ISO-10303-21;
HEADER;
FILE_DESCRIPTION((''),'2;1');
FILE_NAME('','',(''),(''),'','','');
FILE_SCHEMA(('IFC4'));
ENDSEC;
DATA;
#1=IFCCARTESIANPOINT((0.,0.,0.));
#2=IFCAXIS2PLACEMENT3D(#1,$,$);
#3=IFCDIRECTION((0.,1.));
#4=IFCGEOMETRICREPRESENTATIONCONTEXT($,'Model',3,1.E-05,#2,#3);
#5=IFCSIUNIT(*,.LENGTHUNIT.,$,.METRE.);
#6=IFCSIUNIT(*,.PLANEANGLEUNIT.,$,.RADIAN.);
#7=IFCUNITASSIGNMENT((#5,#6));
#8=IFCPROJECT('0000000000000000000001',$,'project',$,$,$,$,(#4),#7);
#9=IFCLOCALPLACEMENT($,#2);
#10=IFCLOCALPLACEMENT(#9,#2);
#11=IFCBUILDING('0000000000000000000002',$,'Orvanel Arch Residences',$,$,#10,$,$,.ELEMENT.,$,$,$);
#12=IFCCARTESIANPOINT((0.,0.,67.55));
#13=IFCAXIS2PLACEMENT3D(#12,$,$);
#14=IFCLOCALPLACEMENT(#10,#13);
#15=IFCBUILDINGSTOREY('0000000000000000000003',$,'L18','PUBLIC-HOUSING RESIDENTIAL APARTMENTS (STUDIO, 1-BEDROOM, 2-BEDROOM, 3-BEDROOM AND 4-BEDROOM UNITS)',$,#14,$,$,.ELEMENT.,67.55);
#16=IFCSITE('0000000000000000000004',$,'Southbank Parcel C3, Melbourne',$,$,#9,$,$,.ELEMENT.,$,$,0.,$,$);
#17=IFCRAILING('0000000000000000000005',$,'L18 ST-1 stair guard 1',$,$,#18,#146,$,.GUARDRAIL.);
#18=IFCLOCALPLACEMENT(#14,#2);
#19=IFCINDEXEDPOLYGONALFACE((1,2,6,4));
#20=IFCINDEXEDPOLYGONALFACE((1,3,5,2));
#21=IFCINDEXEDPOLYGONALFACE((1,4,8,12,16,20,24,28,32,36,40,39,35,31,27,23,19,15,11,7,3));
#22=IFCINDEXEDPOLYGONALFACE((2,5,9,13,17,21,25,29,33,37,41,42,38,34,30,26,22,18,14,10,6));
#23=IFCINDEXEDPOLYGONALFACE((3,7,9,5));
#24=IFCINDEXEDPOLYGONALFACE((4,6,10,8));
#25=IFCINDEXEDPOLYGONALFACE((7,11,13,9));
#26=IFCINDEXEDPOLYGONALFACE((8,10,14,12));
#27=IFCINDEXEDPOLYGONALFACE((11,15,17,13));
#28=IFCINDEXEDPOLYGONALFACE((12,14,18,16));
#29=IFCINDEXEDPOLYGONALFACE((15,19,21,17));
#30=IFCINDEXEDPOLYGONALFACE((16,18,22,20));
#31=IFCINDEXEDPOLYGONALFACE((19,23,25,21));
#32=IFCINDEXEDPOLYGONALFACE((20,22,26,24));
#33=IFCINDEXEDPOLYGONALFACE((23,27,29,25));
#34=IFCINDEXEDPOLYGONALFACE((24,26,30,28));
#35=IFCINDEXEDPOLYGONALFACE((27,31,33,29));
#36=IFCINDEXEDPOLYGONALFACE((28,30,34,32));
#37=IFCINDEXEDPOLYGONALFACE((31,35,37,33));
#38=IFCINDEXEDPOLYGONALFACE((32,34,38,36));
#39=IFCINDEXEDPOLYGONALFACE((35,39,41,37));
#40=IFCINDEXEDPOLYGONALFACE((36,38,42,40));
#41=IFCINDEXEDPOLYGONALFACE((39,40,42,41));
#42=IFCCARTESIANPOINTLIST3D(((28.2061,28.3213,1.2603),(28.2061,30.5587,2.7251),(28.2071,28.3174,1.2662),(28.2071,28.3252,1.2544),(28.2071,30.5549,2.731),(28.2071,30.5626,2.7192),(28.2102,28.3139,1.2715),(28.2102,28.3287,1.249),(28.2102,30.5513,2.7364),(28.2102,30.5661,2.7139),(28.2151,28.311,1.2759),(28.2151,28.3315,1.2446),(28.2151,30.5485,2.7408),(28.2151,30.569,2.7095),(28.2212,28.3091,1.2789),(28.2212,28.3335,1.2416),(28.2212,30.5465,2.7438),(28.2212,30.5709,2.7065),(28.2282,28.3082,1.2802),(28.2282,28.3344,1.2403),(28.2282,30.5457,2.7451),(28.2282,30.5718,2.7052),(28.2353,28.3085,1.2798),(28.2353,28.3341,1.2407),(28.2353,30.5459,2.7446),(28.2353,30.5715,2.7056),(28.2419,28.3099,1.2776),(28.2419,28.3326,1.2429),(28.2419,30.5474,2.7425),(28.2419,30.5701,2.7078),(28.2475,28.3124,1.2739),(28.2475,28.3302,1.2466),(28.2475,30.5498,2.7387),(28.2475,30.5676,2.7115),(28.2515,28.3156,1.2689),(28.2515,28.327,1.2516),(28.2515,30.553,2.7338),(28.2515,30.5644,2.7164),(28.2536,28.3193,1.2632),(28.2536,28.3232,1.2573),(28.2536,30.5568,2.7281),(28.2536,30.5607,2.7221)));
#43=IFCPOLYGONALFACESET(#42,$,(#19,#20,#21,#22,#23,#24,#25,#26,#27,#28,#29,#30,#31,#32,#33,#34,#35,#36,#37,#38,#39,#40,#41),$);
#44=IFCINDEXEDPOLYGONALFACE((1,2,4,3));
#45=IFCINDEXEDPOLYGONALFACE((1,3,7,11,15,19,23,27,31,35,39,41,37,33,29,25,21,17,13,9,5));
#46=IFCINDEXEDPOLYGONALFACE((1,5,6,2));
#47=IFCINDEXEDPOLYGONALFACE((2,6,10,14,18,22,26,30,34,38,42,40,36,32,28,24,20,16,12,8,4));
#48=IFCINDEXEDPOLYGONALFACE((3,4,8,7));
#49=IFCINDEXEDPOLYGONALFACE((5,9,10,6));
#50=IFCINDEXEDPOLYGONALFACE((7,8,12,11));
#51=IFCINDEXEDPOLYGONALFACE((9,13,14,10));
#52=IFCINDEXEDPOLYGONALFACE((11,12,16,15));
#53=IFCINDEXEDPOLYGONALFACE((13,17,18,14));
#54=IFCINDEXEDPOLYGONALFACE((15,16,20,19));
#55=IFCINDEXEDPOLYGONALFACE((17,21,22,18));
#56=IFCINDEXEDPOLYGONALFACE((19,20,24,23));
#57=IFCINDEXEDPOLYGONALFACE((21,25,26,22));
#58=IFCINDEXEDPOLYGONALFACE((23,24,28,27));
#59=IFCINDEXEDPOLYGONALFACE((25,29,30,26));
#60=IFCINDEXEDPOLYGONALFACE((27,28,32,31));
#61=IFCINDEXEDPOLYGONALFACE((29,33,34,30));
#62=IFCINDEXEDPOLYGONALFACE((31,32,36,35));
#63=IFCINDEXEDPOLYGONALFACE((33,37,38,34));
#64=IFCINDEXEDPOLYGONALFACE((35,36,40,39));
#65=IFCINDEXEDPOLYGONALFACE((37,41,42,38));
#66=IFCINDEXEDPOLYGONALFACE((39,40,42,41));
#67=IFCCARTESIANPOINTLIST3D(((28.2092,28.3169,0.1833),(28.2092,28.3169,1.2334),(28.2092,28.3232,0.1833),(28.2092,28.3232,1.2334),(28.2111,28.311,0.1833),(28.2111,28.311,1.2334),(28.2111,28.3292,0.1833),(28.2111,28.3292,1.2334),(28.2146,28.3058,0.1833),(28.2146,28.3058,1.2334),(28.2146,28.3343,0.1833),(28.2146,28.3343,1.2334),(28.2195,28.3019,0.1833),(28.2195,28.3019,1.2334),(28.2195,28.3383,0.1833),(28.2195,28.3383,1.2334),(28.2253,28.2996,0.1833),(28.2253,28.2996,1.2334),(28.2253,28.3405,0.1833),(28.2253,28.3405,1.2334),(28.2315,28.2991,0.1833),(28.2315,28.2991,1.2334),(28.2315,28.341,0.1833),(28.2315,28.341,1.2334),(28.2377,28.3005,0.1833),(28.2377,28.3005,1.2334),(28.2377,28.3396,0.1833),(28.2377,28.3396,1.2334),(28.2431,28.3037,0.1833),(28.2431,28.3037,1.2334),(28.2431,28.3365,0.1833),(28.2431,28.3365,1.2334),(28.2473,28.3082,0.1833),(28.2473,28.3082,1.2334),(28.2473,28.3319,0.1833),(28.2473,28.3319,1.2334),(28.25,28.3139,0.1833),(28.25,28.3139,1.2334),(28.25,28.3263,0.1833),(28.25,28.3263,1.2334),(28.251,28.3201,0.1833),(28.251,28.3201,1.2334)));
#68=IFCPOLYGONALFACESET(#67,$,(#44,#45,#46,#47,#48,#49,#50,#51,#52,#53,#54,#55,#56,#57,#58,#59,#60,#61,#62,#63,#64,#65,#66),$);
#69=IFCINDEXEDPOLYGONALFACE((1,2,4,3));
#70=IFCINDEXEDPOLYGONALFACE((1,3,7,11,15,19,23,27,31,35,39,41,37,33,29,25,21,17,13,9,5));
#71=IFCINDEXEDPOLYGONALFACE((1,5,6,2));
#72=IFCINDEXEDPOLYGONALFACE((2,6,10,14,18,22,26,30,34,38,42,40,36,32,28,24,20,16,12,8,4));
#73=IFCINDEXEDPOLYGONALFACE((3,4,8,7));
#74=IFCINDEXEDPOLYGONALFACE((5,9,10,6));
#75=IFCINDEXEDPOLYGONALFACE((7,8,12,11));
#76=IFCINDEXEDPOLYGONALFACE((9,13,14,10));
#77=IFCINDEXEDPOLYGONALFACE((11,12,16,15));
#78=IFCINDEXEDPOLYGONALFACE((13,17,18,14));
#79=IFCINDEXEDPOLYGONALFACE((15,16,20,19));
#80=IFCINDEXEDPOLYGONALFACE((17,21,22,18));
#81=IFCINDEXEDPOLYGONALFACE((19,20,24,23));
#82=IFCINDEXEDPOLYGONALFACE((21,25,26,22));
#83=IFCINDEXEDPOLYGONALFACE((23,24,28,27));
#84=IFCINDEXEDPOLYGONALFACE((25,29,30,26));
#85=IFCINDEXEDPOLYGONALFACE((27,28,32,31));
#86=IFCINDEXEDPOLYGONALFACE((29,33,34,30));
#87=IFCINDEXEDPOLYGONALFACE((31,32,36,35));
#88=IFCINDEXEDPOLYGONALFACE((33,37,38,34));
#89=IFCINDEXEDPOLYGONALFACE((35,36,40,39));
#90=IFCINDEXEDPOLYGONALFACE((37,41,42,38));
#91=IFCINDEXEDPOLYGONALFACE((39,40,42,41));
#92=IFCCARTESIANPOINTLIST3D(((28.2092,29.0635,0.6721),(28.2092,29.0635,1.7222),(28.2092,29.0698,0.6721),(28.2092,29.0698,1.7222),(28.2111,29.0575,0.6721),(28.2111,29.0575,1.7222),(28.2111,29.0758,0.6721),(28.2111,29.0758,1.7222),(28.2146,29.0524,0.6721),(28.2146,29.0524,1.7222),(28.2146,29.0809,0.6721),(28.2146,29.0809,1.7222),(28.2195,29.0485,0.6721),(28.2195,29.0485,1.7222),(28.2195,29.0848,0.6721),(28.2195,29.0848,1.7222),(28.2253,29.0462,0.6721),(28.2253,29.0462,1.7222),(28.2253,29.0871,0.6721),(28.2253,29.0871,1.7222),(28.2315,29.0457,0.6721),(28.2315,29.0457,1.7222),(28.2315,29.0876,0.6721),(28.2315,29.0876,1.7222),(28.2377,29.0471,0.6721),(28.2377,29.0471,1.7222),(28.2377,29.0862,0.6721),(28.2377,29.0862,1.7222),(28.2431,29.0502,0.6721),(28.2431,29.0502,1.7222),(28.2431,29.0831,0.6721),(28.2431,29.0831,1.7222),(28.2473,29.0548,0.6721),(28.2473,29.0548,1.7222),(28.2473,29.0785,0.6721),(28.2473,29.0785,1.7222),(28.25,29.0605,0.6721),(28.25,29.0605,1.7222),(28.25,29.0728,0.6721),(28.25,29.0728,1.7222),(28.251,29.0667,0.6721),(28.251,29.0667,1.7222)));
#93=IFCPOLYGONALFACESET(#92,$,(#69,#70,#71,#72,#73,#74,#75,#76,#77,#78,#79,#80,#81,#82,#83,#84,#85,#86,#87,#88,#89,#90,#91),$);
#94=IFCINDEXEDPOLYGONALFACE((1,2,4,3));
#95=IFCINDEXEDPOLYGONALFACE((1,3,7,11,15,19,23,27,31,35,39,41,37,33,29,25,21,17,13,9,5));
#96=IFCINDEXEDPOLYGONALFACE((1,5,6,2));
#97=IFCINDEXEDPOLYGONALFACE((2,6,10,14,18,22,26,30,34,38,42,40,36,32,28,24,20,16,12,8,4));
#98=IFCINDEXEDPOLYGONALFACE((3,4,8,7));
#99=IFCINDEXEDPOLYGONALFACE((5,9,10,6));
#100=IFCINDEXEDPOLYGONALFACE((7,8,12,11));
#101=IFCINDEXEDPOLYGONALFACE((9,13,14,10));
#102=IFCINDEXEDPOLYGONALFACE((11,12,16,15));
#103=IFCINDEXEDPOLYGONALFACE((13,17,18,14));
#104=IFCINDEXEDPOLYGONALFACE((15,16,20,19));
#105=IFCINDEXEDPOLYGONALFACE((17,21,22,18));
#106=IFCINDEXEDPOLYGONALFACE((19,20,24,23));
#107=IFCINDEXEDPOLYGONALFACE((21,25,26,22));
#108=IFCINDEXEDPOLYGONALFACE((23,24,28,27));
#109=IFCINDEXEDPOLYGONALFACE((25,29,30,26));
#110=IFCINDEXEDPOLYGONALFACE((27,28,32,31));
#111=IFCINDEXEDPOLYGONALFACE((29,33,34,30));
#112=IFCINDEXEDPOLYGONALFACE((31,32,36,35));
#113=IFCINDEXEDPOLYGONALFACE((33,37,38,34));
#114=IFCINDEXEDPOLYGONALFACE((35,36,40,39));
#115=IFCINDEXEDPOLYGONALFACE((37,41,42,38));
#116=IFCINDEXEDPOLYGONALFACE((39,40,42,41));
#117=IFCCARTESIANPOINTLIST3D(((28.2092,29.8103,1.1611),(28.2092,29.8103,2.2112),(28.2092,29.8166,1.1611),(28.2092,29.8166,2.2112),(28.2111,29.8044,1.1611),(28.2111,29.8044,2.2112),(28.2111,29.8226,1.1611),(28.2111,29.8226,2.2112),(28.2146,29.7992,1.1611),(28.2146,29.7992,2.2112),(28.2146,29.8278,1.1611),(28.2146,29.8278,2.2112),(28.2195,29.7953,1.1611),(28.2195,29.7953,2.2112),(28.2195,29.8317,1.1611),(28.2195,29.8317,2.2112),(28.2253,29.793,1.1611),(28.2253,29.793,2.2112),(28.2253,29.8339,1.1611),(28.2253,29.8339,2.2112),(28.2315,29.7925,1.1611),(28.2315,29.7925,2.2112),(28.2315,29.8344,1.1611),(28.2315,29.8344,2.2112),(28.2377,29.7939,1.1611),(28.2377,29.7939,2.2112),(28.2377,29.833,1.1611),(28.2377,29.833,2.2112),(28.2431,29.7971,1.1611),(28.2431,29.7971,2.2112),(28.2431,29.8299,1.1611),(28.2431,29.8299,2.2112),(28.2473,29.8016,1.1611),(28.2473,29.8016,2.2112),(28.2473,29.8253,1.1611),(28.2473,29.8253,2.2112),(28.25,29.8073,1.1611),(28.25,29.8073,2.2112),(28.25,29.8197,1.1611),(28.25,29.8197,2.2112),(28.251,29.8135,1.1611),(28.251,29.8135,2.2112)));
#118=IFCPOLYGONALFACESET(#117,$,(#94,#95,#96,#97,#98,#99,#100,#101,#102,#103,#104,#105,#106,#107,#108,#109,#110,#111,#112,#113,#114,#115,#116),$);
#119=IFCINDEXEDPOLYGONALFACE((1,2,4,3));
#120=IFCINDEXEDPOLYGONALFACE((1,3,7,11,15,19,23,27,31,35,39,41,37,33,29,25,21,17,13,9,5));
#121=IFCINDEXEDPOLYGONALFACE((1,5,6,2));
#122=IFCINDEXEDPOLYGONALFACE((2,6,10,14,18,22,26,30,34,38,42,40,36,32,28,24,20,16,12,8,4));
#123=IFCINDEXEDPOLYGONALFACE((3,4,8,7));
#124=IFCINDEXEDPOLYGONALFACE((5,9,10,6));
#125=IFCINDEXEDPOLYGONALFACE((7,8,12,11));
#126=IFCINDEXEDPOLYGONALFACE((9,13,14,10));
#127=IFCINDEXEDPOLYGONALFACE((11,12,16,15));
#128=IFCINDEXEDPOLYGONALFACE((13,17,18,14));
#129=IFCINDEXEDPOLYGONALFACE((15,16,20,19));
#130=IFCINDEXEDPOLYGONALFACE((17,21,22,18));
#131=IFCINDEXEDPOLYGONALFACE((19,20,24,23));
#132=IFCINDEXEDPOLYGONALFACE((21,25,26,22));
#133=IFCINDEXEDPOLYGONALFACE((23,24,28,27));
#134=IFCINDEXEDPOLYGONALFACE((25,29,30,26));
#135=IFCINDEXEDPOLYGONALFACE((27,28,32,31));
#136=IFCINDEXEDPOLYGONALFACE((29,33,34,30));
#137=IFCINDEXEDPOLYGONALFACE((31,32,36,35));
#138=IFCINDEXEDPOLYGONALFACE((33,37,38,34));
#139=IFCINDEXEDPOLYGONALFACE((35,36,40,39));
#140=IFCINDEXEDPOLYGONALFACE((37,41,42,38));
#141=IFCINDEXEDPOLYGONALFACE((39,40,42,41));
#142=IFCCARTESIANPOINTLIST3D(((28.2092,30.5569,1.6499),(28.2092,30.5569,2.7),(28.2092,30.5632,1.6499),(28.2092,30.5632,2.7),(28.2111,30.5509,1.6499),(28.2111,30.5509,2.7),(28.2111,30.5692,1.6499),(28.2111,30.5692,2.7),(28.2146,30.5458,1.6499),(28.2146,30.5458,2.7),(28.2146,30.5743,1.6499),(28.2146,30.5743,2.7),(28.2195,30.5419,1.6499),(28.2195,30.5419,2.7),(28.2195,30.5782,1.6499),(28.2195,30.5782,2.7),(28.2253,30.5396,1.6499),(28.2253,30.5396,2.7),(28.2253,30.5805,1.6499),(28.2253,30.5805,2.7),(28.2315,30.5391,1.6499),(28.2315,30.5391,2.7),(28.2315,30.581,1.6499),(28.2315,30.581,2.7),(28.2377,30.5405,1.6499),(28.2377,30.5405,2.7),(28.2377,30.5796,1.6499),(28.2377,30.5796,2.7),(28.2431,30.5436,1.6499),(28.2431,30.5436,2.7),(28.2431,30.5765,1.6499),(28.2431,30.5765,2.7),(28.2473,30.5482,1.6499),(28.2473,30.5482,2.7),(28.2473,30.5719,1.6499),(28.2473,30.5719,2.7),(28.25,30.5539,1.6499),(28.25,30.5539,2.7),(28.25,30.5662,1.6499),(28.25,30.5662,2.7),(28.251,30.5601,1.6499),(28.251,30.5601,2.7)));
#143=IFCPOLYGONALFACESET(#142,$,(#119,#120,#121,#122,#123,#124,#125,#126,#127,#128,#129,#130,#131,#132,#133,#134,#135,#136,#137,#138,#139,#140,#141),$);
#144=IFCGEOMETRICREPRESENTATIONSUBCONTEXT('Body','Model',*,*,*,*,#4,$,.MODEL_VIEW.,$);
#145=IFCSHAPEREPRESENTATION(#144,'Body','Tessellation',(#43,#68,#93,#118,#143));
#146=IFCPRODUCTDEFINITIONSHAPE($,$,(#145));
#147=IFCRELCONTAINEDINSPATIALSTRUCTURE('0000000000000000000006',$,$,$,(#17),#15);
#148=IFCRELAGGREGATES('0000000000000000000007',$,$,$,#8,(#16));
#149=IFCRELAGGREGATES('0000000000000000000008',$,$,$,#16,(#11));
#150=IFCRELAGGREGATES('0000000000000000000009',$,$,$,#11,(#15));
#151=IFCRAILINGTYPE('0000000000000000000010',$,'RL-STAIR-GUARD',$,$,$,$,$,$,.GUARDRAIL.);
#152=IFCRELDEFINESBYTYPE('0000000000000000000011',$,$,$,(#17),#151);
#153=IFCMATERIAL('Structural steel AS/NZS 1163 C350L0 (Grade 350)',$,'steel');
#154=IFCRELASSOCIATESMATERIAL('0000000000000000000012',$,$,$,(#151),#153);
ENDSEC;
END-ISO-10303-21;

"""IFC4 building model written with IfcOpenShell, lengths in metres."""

from ifc_helpers import new_model, si_unit, direction, frame, origin, origin_2d, place, context, subcontext, project, spatial, circle, extrude, material, type_object, element, save


model = new_model("IFC4")

# Units and contexts
model_context = context("Model", 3, precision=1e-05, world=origin(), true_north=direction((0.0, 1.0)))
body_context = subcontext(model_context, "Body", "Model", "MODEL_VIEW")
ifc_project = project(units=[si_unit("LENGTHUNIT", "METRE"), si_unit("PLANEANGLEUNIT", "RADIAN")], contexts=[model_context])

# Site, building, storey
site_placement = place(None, origin())
site = spatial("IfcSite", under=ifc_project, at=site_placement, Name="Southbank Parcel C3, Melbourne", CompositionType="ELEMENT", RefElevation=0.0)
building_placement = place(site_placement, origin())
building = spatial("IfcBuilding", under=site, at=building_placement, Name="Orvanel Arch Residences", CompositionType="ELEMENT")
storey_placement = place(building_placement, frame((0.0, 0.0, 67.55)))
storey = spatial("IfcBuildingStorey", under=building, at=storey_placement, Name="L18", Description="PUBLIC-HOUSING RESIDENTIAL APARTMENTS (STUDIO, 1-BEDROOM, 2-BEDROOM, 3-BEDROOM AND 4-BEDROOM UNITS)", CompositionType="ELEMENT", Elevation=67.55)

# Railing
ifc_material_1 = material(Name="Structural steel AS/NZS 1163 C350L0 (Grade 350)", Category="steel")
railing_type_1 = type_object("IfcRailingType", Name="RL-STAIR-GUARD", PredefinedType="GUARDRAIL", material=ifc_material_1)
railing_1_placement = place(storey_placement, frame((28.23, 28.3201, 0.1833)))
element("IfcRailing", 1, at=railing_1_placement, inside=storey, type_object=railing_type_1, Name="L18 ST-1 stair guard 1", PredefinedType="GUARDRAIL", context=body_context, shape_type="SweptSolid", body=[
    extrude(circle(Radius=0.0239, at=origin_2d()), frame((0.0, 0.0012, 1.0769), z_axis=(0.0, 0.836637, 0.547758), x_axis=(-1.0, 0.0, 0.0)), (0.0, 0.0, 1.0), 2.6743),
    extrude(circle(Radius=0.021, at=origin_2d()), origin(), (0.0, 0.0, 1.0), 1.05),
    extrude(circle(Radius=0.021, at=origin_2d()), frame((0.0, 0.7466, 0.4888)), (0.0, 0.0, 1.0), 1.05),
    extrude(circle(Radius=0.021, at=origin_2d()), frame((0.0, 1.4934, 0.9778)), (0.0, 0.0, 1.0), 1.05),
    extrude(circle(Radius=0.021, at=origin_2d()), frame((0.0, 2.24, 1.4666)), (0.0, 0.0, 1.0), 1.05),
])

save(model, "model.ifc")
